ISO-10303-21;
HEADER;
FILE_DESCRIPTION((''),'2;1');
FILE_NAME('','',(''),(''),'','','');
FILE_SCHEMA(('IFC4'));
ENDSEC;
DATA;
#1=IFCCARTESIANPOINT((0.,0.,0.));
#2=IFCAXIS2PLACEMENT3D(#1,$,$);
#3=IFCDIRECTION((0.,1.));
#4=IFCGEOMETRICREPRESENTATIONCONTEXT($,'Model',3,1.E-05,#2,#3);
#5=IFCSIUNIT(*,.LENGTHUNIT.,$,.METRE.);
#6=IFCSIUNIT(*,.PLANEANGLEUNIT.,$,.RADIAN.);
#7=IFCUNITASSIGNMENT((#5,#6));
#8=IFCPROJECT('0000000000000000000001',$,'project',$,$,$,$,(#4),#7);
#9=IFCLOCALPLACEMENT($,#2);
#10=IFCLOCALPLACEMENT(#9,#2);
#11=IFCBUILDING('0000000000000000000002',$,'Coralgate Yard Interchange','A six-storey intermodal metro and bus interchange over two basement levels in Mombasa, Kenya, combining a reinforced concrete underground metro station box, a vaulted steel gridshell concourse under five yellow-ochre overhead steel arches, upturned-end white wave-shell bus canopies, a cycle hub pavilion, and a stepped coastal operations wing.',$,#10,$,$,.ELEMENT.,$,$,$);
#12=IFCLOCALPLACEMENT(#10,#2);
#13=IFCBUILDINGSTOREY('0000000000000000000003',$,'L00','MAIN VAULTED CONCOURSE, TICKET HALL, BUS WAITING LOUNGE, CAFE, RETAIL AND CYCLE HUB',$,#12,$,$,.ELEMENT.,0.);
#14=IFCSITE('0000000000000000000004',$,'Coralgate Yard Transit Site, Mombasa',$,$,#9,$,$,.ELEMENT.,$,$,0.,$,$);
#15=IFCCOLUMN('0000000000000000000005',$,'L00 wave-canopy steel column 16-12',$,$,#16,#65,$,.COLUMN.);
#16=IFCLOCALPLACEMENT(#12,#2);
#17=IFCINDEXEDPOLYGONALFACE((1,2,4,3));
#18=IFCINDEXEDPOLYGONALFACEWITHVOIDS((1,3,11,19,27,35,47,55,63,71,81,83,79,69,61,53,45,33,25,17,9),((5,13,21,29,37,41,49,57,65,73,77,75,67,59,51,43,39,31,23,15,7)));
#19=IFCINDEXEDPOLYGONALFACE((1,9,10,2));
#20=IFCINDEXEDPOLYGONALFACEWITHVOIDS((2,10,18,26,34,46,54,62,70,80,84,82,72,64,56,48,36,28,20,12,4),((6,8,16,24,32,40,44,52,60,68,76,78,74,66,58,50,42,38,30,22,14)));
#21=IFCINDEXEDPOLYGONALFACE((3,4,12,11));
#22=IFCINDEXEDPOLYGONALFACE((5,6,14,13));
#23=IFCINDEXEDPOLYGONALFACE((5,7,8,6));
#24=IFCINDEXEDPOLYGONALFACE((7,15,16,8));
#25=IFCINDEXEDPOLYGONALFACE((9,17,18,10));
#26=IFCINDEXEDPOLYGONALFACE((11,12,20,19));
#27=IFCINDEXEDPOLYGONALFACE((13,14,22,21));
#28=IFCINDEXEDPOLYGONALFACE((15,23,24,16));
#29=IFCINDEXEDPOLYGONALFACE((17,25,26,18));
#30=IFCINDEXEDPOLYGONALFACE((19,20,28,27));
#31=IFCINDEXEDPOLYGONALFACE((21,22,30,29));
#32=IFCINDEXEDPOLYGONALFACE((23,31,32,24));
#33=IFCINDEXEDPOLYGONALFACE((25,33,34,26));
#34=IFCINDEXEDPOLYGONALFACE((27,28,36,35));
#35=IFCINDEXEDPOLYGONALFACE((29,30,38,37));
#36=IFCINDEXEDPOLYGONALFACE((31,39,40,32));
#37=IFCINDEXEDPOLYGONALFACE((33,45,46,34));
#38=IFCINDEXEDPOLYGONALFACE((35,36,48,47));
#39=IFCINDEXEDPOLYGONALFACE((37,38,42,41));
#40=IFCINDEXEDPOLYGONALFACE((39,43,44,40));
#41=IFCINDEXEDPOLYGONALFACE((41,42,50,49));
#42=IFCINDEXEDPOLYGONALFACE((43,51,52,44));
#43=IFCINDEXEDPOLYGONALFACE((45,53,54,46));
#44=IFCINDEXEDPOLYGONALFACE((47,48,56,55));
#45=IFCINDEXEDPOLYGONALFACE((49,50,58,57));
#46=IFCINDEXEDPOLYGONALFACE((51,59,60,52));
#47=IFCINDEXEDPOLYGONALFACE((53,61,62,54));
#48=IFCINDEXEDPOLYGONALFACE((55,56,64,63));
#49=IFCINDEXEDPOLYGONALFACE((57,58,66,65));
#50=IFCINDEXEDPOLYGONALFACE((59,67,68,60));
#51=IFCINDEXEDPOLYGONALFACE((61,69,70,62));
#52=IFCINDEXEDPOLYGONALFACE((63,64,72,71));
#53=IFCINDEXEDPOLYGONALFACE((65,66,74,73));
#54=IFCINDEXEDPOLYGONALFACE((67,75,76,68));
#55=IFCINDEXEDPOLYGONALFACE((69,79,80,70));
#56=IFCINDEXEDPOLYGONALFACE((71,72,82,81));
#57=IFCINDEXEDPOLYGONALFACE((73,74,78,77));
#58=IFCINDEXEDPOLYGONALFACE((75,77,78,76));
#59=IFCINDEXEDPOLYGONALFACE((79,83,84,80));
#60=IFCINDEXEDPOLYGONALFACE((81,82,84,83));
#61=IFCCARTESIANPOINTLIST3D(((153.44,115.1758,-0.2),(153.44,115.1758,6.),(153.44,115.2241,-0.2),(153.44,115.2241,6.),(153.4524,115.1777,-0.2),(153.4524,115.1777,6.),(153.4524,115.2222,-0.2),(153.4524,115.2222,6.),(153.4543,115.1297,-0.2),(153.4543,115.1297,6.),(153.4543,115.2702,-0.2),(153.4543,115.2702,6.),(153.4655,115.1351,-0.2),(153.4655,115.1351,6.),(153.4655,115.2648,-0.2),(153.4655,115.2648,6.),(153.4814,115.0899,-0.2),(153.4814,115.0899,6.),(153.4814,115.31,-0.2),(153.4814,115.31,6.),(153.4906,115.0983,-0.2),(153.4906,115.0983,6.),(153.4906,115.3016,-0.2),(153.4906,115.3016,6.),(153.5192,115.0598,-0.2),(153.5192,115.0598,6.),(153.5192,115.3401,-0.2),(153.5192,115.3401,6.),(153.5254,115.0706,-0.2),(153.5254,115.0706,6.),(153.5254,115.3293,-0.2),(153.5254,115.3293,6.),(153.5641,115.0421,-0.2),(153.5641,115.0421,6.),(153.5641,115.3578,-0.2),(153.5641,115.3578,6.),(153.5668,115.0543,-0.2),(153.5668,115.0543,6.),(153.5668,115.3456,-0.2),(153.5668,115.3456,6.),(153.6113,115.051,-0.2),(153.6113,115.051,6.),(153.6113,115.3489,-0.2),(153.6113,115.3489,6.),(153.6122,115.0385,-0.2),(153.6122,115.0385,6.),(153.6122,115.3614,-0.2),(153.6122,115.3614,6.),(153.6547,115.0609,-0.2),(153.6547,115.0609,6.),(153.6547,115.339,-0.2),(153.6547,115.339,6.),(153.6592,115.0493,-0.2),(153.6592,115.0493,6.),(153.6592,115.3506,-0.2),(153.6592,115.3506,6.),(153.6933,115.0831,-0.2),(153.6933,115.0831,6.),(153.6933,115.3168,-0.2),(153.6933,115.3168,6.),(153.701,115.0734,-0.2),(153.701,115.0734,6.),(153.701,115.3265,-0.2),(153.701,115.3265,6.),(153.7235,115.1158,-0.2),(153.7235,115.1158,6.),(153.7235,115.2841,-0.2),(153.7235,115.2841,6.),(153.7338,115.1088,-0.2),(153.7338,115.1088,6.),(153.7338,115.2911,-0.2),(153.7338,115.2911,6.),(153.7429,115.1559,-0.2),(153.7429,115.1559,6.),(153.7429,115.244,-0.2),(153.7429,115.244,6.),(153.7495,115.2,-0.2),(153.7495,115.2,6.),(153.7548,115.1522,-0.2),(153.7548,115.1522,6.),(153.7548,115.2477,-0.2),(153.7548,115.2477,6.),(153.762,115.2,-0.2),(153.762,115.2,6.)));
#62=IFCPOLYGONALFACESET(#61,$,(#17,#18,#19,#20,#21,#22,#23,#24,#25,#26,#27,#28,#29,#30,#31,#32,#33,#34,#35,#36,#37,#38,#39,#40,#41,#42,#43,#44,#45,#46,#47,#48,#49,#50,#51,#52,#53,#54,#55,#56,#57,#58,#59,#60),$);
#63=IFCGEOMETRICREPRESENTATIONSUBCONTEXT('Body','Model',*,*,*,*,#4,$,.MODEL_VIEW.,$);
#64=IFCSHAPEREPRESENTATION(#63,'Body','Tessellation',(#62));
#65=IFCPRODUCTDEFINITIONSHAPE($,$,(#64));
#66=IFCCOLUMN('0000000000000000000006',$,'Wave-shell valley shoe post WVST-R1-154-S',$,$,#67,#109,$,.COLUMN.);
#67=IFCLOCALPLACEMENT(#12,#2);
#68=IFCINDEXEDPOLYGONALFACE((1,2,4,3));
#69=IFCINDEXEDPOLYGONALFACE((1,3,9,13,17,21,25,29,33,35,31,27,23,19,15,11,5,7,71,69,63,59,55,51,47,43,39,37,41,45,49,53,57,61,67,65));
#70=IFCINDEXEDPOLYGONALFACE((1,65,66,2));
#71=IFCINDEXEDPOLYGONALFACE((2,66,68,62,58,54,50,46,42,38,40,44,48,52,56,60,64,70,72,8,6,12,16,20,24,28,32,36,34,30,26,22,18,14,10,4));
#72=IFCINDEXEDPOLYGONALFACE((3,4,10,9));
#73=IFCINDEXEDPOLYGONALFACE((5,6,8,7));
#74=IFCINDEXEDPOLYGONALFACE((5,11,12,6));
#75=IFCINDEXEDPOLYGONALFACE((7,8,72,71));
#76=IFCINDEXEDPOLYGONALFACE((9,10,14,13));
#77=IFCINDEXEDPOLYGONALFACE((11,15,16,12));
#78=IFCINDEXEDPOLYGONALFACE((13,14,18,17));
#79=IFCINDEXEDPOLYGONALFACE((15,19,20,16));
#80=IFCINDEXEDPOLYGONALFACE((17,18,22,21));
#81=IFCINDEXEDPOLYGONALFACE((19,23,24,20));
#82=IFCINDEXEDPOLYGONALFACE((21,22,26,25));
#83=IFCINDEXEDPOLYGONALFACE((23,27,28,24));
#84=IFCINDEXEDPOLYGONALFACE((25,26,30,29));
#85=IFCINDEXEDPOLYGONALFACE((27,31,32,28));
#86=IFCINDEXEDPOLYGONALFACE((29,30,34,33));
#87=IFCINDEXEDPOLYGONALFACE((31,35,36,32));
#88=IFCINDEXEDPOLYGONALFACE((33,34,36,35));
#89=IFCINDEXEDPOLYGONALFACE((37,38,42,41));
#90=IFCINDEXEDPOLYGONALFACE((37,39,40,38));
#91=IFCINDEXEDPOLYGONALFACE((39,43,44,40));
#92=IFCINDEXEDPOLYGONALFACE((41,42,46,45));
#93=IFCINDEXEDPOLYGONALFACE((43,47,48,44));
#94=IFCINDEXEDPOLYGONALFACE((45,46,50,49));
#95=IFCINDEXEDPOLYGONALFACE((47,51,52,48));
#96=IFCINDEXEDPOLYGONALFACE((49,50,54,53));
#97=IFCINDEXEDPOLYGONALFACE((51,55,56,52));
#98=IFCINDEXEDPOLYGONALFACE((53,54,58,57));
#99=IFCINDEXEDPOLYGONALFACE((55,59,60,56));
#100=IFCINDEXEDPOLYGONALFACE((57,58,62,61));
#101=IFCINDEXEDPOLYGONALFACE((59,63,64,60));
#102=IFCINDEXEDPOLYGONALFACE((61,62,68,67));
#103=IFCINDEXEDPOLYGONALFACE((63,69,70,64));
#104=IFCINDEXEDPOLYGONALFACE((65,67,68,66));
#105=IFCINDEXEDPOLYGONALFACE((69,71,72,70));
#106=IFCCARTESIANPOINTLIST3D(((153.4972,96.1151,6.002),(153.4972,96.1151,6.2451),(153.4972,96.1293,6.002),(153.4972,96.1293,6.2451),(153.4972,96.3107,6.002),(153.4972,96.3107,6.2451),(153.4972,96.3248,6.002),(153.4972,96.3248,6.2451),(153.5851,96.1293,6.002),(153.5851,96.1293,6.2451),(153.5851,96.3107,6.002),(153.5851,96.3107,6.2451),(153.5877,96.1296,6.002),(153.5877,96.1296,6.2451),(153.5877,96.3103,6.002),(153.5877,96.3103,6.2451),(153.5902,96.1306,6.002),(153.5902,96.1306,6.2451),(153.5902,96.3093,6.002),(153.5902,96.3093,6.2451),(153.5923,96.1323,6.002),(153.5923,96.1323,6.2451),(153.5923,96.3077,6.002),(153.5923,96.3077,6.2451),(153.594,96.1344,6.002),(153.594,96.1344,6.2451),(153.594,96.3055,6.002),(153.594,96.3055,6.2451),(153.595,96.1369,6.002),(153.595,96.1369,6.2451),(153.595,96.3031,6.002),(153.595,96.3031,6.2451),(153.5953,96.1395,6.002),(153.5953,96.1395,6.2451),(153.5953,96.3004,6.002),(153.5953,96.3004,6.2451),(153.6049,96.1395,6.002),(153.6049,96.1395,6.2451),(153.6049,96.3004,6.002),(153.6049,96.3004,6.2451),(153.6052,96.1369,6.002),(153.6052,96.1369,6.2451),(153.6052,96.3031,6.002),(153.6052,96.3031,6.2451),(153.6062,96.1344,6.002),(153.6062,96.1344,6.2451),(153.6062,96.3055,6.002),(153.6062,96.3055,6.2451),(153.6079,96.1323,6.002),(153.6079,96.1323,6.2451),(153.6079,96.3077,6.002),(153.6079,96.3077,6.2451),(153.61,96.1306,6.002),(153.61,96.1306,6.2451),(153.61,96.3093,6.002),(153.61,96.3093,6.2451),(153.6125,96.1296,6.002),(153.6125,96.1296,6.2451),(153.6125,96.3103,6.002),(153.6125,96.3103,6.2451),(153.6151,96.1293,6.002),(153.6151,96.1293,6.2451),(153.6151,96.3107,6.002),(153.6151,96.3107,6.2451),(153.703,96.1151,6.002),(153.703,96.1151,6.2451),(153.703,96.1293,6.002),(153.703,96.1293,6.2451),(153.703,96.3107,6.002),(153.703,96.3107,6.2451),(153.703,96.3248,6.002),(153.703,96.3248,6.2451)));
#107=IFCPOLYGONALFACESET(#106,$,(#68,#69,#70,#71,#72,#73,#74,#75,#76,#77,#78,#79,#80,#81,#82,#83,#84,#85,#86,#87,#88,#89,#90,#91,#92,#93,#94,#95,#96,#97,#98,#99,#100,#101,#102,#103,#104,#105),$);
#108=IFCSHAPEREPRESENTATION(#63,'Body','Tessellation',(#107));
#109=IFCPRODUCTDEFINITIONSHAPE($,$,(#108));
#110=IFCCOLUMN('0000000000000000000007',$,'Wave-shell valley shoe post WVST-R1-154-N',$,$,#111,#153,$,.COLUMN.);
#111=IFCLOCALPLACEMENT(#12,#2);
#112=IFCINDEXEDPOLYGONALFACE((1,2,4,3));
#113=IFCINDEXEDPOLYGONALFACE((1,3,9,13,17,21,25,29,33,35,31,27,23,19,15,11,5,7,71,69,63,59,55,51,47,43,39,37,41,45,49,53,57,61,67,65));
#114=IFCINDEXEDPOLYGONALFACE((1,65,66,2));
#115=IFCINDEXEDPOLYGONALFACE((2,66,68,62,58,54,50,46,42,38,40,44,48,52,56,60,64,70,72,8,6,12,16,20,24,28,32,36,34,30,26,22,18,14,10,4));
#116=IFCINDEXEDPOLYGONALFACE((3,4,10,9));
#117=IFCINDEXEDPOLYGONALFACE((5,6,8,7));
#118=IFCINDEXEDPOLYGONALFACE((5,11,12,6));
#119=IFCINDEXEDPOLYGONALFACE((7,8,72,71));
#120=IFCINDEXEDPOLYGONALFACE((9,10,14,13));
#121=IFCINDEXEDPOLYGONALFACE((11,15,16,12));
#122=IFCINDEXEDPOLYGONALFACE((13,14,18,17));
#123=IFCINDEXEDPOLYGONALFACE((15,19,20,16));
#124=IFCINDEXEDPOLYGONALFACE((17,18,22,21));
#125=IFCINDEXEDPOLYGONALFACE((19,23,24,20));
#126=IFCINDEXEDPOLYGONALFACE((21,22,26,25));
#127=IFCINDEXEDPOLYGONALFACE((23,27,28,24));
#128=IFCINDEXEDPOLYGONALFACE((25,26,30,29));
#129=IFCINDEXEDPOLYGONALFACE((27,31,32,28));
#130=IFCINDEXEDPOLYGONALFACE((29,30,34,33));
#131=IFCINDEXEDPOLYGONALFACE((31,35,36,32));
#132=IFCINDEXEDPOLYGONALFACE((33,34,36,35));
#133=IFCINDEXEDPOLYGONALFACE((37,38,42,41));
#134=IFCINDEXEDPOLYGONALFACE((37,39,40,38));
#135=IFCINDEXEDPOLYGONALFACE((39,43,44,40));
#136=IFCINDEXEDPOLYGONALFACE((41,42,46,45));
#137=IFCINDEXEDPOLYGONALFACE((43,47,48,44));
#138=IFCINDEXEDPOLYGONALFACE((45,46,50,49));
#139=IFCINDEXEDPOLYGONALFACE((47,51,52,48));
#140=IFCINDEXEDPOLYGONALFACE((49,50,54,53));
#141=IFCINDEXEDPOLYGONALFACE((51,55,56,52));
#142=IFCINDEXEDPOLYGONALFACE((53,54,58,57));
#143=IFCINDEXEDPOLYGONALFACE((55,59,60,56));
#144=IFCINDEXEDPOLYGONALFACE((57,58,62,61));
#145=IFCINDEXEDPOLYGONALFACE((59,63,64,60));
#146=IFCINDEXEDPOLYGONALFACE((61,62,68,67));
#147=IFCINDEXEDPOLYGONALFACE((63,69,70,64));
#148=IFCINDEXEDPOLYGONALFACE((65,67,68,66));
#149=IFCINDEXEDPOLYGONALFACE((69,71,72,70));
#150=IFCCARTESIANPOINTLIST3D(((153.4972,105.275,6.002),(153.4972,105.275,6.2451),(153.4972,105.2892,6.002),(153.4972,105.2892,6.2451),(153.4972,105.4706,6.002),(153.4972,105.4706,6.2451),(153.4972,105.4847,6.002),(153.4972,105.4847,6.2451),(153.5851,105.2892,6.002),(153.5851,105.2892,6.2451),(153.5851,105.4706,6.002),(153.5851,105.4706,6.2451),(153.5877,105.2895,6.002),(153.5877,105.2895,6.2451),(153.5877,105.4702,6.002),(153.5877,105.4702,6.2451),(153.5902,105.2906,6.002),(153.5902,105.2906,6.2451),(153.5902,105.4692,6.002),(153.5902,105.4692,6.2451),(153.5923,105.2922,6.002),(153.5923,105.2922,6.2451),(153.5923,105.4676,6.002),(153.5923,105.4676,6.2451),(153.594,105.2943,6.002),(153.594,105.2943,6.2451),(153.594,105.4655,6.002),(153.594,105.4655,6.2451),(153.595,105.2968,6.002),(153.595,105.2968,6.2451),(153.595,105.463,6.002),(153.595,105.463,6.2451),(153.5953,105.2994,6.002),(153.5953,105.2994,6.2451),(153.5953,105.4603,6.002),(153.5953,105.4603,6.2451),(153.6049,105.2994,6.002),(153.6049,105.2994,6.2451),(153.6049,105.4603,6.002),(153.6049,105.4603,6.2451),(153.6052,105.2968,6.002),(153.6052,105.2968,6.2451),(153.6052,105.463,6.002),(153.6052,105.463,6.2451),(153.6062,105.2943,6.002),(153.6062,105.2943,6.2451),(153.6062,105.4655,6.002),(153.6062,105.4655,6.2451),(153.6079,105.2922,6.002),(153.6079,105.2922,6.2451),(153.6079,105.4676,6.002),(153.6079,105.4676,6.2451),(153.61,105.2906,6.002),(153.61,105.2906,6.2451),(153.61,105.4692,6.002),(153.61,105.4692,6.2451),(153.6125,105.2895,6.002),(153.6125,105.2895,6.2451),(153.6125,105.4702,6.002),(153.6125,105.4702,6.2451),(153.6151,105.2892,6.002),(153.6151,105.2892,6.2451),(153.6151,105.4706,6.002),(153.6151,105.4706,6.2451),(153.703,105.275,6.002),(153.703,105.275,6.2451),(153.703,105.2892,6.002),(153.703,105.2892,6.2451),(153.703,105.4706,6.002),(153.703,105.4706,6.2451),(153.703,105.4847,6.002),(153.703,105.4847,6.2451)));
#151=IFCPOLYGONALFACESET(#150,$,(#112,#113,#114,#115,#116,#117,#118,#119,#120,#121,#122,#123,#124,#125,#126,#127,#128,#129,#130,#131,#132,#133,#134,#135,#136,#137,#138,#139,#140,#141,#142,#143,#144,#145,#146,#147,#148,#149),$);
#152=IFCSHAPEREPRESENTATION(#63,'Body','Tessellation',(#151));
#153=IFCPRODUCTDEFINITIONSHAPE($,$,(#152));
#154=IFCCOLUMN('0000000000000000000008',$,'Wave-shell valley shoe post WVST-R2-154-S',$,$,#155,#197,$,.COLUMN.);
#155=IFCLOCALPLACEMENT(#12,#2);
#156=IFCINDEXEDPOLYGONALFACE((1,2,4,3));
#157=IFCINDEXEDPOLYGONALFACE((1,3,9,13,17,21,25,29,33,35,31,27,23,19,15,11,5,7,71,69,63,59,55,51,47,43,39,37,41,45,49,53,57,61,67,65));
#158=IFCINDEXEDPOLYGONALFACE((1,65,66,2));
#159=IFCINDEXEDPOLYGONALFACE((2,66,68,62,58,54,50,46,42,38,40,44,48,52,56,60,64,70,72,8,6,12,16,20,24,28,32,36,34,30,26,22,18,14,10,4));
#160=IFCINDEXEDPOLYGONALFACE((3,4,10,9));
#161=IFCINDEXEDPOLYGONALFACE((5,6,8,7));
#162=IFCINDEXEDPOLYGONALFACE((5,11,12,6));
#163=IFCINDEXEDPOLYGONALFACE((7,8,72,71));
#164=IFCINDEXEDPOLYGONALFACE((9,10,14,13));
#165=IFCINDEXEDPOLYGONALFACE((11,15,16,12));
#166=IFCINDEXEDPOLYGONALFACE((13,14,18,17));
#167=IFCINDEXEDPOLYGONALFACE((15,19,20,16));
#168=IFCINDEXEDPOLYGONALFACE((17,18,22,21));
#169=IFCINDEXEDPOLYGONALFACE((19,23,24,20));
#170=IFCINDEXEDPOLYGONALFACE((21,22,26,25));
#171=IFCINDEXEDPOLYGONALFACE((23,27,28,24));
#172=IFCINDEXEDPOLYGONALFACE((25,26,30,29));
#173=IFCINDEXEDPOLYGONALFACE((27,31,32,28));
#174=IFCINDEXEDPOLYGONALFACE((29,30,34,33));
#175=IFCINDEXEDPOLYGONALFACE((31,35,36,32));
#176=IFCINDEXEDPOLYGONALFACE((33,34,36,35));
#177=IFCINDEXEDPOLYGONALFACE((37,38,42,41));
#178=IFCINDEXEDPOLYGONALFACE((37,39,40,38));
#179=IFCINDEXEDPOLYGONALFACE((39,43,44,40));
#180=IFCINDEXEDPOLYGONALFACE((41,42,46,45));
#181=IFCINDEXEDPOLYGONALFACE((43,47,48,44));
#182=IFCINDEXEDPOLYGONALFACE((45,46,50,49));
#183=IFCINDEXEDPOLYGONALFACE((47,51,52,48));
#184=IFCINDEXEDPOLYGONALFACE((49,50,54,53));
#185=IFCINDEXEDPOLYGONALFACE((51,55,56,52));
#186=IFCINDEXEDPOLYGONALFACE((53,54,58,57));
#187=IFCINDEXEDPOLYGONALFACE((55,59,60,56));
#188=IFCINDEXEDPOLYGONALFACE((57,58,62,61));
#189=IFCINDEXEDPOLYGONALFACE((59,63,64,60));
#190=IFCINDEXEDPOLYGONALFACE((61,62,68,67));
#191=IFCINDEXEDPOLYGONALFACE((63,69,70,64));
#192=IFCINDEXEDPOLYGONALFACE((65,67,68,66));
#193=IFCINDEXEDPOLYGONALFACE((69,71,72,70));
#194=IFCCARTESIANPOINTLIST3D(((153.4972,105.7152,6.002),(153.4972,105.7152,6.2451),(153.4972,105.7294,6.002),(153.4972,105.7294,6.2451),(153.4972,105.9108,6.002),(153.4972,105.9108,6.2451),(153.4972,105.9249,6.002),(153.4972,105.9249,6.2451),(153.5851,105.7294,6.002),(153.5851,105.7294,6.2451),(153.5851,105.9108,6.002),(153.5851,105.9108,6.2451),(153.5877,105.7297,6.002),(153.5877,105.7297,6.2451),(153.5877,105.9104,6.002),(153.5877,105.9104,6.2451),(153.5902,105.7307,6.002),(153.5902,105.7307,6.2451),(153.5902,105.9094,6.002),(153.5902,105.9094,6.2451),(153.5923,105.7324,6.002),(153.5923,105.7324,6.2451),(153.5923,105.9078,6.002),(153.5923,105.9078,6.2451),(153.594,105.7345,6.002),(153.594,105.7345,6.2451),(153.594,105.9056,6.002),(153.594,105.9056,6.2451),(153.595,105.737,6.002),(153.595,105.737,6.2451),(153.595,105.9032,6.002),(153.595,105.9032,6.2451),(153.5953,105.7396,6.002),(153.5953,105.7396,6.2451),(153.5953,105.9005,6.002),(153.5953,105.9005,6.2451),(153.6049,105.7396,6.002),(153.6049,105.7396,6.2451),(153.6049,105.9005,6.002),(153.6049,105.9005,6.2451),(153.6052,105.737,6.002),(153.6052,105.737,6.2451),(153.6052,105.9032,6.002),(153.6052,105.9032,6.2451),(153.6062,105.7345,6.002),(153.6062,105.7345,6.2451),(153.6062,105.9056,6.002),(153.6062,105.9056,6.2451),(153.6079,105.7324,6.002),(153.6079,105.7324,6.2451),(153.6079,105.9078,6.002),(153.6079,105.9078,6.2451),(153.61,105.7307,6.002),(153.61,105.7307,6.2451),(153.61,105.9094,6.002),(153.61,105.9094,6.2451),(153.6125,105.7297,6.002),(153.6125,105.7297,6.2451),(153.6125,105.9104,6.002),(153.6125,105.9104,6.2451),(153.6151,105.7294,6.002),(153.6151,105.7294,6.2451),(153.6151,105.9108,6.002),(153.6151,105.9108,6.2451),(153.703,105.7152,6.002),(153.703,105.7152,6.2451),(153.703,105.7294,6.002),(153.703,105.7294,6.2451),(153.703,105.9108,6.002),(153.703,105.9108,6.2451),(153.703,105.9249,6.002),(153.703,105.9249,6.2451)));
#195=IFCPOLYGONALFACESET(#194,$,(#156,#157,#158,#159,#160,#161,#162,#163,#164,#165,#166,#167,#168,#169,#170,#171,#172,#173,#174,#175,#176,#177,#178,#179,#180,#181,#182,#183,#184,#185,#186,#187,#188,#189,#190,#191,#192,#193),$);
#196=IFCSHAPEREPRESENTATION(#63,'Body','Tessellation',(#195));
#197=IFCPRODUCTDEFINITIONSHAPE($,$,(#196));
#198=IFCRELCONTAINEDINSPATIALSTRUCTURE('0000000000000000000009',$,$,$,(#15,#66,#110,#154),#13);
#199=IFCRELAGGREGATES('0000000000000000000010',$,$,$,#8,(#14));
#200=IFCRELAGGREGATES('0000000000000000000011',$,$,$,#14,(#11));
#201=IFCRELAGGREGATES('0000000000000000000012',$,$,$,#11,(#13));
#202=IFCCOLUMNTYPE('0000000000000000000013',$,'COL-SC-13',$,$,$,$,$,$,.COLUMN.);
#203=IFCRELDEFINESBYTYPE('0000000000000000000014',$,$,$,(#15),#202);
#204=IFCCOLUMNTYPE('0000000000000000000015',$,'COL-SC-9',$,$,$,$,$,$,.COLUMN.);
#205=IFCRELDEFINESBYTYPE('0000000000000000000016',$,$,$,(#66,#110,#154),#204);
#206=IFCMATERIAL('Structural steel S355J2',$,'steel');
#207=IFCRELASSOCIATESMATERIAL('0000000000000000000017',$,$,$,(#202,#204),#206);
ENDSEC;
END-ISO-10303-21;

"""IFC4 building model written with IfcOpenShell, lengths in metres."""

from ifc_helpers import new_model, si_unit, direction, frame, origin, origin_2d, place, context, subcontext, project, spatial, hollow_circle, i_section, extrude, material, material_profile, profile_set, type_object, element, save


model = new_model("IFC4")

# Units and contexts
model_context = context("Model", 3, precision=1e-05, world=origin(), true_north=direction((0.0, 1.0)))
body_context = subcontext(model_context, "Body", "Model", "MODEL_VIEW")
ifc_project = project(units=[si_unit("LENGTHUNIT", "METRE"), si_unit("PLANEANGLEUNIT", "RADIAN")], contexts=[model_context])

# Site, building, storey
site_placement = place(None, origin())
site = spatial("IfcSite", under=ifc_project, at=site_placement, Name="Coralgate Yard Transit Site, Mombasa", CompositionType="ELEMENT", RefElevation=0.0)
building_placement = place(site_placement, origin())
building = spatial("IfcBuilding", under=site, at=building_placement, Name="Coralgate Yard Interchange", Description="A six-storey intermodal metro and bus interchange over two basement levels in Mombasa, Kenya, combining a reinforced concrete underground metro station box, a vaulted steel gridshell concourse under five yellow-ochre overhead steel arches, upturned-end white wave-shell bus canopies, a cycle hub pavilion, and a stepped coastal operations wing.", CompositionType="ELEMENT")
storey_placement = place(building_placement, origin())
storey = spatial("IfcBuildingStorey", under=building, at=storey_placement, Name="L00", Description="MAIN VAULTED CONCOURSE, TICKET HALL, BUS WAITING LOUNGE, CAFE, RETAIL AND CYCLE HUB", CompositionType="ELEMENT", Elevation=0.0)

# Columns
ifc_material_1 = material(Name="Structural steel S355J2", Category="steel")
ifc_material_profile_1 = material_profile(ifc_material_1, hollow_circle(Radius=0.1619, WallThickness=0.0125, at=origin_2d()), Name="CHS 323.9x12.5")
ifc_profile_set_1 = profile_set([ifc_material_profile_1], Name="Structural steel S355J2")
column_type_1 = type_object("IfcColumnType", Name="COL-SC-13", PredefinedType="COLUMN", material=ifc_profile_set_1)
column_1_placement = place(storey_placement, frame((153.6001, 115.2, -0.2), z_axis=(0.0, 0.0, 1.0), x_axis=(1.0, 0.0, 0.0)))
element("IfcColumn", 1, at=column_1_placement, inside=storey, type_object=column_type_1, Name="L00 wave-canopy steel column 16-12", PredefinedType="COLUMN", context=body_context, shape_type="SweptSolid", body=[
    extrude(hollow_circle(Radius=0.1619, WallThickness=0.0125, at=origin_2d()), origin(), (0.0, 0.0, 1.0), 6.2),
])
ifc_material_profile_2 = material_profile(ifc_material_1, i_section(OverallWidth=0.2058, OverallDepth=0.2097, WebThickness=0.0095, FlangeThickness=0.0142, FilletRadius=0.0103, at=origin_2d()), Name="UC 203x203x60")
ifc_profile_set_2 = profile_set([ifc_material_profile_2], Name="Structural steel S355J2")
column_type_2 = type_object("IfcColumnType", Name="COL-SC-9", PredefinedType="COLUMN", material=ifc_profile_set_2)
for number, where, z_axis, x_axis, name in (
    (2, (153.6001, 96.22, 6.002), (0.0, 0.0, 1.0), (1.0, 0.0, 0.0), "Wave-shell valley shoe post WVST-R1-154-S"),
    (3, (153.6001, 105.3799, 6.002), (0.0, 0.0, 1.0), (1.0, 0.0, 0.0), "Wave-shell valley shoe post WVST-R1-154-N"),
    (4, (153.6001, 105.8201, 6.002), (0.0, 0.0, 1.0), (1.0, 0.0, 0.0), "Wave-shell valley shoe post WVST-R2-154-S"),
):
    element("IfcColumn", number, at=place(storey_placement, frame(where, z_axis=z_axis, x_axis=x_axis)), inside=storey, type_object=column_type_2, Name=name, PredefinedType="COLUMN", context=body_context, shape_type="SweptSolid", body=[
        extrude(i_section(OverallWidth=0.2058, OverallDepth=0.2097, WebThickness=0.0095, FlangeThickness=0.0142, FilletRadius=0.0103, at=origin_2d()), origin(), (0.0, 0.0, 1.0), 0.2432),
    ])

save(model, "model.ifc")
